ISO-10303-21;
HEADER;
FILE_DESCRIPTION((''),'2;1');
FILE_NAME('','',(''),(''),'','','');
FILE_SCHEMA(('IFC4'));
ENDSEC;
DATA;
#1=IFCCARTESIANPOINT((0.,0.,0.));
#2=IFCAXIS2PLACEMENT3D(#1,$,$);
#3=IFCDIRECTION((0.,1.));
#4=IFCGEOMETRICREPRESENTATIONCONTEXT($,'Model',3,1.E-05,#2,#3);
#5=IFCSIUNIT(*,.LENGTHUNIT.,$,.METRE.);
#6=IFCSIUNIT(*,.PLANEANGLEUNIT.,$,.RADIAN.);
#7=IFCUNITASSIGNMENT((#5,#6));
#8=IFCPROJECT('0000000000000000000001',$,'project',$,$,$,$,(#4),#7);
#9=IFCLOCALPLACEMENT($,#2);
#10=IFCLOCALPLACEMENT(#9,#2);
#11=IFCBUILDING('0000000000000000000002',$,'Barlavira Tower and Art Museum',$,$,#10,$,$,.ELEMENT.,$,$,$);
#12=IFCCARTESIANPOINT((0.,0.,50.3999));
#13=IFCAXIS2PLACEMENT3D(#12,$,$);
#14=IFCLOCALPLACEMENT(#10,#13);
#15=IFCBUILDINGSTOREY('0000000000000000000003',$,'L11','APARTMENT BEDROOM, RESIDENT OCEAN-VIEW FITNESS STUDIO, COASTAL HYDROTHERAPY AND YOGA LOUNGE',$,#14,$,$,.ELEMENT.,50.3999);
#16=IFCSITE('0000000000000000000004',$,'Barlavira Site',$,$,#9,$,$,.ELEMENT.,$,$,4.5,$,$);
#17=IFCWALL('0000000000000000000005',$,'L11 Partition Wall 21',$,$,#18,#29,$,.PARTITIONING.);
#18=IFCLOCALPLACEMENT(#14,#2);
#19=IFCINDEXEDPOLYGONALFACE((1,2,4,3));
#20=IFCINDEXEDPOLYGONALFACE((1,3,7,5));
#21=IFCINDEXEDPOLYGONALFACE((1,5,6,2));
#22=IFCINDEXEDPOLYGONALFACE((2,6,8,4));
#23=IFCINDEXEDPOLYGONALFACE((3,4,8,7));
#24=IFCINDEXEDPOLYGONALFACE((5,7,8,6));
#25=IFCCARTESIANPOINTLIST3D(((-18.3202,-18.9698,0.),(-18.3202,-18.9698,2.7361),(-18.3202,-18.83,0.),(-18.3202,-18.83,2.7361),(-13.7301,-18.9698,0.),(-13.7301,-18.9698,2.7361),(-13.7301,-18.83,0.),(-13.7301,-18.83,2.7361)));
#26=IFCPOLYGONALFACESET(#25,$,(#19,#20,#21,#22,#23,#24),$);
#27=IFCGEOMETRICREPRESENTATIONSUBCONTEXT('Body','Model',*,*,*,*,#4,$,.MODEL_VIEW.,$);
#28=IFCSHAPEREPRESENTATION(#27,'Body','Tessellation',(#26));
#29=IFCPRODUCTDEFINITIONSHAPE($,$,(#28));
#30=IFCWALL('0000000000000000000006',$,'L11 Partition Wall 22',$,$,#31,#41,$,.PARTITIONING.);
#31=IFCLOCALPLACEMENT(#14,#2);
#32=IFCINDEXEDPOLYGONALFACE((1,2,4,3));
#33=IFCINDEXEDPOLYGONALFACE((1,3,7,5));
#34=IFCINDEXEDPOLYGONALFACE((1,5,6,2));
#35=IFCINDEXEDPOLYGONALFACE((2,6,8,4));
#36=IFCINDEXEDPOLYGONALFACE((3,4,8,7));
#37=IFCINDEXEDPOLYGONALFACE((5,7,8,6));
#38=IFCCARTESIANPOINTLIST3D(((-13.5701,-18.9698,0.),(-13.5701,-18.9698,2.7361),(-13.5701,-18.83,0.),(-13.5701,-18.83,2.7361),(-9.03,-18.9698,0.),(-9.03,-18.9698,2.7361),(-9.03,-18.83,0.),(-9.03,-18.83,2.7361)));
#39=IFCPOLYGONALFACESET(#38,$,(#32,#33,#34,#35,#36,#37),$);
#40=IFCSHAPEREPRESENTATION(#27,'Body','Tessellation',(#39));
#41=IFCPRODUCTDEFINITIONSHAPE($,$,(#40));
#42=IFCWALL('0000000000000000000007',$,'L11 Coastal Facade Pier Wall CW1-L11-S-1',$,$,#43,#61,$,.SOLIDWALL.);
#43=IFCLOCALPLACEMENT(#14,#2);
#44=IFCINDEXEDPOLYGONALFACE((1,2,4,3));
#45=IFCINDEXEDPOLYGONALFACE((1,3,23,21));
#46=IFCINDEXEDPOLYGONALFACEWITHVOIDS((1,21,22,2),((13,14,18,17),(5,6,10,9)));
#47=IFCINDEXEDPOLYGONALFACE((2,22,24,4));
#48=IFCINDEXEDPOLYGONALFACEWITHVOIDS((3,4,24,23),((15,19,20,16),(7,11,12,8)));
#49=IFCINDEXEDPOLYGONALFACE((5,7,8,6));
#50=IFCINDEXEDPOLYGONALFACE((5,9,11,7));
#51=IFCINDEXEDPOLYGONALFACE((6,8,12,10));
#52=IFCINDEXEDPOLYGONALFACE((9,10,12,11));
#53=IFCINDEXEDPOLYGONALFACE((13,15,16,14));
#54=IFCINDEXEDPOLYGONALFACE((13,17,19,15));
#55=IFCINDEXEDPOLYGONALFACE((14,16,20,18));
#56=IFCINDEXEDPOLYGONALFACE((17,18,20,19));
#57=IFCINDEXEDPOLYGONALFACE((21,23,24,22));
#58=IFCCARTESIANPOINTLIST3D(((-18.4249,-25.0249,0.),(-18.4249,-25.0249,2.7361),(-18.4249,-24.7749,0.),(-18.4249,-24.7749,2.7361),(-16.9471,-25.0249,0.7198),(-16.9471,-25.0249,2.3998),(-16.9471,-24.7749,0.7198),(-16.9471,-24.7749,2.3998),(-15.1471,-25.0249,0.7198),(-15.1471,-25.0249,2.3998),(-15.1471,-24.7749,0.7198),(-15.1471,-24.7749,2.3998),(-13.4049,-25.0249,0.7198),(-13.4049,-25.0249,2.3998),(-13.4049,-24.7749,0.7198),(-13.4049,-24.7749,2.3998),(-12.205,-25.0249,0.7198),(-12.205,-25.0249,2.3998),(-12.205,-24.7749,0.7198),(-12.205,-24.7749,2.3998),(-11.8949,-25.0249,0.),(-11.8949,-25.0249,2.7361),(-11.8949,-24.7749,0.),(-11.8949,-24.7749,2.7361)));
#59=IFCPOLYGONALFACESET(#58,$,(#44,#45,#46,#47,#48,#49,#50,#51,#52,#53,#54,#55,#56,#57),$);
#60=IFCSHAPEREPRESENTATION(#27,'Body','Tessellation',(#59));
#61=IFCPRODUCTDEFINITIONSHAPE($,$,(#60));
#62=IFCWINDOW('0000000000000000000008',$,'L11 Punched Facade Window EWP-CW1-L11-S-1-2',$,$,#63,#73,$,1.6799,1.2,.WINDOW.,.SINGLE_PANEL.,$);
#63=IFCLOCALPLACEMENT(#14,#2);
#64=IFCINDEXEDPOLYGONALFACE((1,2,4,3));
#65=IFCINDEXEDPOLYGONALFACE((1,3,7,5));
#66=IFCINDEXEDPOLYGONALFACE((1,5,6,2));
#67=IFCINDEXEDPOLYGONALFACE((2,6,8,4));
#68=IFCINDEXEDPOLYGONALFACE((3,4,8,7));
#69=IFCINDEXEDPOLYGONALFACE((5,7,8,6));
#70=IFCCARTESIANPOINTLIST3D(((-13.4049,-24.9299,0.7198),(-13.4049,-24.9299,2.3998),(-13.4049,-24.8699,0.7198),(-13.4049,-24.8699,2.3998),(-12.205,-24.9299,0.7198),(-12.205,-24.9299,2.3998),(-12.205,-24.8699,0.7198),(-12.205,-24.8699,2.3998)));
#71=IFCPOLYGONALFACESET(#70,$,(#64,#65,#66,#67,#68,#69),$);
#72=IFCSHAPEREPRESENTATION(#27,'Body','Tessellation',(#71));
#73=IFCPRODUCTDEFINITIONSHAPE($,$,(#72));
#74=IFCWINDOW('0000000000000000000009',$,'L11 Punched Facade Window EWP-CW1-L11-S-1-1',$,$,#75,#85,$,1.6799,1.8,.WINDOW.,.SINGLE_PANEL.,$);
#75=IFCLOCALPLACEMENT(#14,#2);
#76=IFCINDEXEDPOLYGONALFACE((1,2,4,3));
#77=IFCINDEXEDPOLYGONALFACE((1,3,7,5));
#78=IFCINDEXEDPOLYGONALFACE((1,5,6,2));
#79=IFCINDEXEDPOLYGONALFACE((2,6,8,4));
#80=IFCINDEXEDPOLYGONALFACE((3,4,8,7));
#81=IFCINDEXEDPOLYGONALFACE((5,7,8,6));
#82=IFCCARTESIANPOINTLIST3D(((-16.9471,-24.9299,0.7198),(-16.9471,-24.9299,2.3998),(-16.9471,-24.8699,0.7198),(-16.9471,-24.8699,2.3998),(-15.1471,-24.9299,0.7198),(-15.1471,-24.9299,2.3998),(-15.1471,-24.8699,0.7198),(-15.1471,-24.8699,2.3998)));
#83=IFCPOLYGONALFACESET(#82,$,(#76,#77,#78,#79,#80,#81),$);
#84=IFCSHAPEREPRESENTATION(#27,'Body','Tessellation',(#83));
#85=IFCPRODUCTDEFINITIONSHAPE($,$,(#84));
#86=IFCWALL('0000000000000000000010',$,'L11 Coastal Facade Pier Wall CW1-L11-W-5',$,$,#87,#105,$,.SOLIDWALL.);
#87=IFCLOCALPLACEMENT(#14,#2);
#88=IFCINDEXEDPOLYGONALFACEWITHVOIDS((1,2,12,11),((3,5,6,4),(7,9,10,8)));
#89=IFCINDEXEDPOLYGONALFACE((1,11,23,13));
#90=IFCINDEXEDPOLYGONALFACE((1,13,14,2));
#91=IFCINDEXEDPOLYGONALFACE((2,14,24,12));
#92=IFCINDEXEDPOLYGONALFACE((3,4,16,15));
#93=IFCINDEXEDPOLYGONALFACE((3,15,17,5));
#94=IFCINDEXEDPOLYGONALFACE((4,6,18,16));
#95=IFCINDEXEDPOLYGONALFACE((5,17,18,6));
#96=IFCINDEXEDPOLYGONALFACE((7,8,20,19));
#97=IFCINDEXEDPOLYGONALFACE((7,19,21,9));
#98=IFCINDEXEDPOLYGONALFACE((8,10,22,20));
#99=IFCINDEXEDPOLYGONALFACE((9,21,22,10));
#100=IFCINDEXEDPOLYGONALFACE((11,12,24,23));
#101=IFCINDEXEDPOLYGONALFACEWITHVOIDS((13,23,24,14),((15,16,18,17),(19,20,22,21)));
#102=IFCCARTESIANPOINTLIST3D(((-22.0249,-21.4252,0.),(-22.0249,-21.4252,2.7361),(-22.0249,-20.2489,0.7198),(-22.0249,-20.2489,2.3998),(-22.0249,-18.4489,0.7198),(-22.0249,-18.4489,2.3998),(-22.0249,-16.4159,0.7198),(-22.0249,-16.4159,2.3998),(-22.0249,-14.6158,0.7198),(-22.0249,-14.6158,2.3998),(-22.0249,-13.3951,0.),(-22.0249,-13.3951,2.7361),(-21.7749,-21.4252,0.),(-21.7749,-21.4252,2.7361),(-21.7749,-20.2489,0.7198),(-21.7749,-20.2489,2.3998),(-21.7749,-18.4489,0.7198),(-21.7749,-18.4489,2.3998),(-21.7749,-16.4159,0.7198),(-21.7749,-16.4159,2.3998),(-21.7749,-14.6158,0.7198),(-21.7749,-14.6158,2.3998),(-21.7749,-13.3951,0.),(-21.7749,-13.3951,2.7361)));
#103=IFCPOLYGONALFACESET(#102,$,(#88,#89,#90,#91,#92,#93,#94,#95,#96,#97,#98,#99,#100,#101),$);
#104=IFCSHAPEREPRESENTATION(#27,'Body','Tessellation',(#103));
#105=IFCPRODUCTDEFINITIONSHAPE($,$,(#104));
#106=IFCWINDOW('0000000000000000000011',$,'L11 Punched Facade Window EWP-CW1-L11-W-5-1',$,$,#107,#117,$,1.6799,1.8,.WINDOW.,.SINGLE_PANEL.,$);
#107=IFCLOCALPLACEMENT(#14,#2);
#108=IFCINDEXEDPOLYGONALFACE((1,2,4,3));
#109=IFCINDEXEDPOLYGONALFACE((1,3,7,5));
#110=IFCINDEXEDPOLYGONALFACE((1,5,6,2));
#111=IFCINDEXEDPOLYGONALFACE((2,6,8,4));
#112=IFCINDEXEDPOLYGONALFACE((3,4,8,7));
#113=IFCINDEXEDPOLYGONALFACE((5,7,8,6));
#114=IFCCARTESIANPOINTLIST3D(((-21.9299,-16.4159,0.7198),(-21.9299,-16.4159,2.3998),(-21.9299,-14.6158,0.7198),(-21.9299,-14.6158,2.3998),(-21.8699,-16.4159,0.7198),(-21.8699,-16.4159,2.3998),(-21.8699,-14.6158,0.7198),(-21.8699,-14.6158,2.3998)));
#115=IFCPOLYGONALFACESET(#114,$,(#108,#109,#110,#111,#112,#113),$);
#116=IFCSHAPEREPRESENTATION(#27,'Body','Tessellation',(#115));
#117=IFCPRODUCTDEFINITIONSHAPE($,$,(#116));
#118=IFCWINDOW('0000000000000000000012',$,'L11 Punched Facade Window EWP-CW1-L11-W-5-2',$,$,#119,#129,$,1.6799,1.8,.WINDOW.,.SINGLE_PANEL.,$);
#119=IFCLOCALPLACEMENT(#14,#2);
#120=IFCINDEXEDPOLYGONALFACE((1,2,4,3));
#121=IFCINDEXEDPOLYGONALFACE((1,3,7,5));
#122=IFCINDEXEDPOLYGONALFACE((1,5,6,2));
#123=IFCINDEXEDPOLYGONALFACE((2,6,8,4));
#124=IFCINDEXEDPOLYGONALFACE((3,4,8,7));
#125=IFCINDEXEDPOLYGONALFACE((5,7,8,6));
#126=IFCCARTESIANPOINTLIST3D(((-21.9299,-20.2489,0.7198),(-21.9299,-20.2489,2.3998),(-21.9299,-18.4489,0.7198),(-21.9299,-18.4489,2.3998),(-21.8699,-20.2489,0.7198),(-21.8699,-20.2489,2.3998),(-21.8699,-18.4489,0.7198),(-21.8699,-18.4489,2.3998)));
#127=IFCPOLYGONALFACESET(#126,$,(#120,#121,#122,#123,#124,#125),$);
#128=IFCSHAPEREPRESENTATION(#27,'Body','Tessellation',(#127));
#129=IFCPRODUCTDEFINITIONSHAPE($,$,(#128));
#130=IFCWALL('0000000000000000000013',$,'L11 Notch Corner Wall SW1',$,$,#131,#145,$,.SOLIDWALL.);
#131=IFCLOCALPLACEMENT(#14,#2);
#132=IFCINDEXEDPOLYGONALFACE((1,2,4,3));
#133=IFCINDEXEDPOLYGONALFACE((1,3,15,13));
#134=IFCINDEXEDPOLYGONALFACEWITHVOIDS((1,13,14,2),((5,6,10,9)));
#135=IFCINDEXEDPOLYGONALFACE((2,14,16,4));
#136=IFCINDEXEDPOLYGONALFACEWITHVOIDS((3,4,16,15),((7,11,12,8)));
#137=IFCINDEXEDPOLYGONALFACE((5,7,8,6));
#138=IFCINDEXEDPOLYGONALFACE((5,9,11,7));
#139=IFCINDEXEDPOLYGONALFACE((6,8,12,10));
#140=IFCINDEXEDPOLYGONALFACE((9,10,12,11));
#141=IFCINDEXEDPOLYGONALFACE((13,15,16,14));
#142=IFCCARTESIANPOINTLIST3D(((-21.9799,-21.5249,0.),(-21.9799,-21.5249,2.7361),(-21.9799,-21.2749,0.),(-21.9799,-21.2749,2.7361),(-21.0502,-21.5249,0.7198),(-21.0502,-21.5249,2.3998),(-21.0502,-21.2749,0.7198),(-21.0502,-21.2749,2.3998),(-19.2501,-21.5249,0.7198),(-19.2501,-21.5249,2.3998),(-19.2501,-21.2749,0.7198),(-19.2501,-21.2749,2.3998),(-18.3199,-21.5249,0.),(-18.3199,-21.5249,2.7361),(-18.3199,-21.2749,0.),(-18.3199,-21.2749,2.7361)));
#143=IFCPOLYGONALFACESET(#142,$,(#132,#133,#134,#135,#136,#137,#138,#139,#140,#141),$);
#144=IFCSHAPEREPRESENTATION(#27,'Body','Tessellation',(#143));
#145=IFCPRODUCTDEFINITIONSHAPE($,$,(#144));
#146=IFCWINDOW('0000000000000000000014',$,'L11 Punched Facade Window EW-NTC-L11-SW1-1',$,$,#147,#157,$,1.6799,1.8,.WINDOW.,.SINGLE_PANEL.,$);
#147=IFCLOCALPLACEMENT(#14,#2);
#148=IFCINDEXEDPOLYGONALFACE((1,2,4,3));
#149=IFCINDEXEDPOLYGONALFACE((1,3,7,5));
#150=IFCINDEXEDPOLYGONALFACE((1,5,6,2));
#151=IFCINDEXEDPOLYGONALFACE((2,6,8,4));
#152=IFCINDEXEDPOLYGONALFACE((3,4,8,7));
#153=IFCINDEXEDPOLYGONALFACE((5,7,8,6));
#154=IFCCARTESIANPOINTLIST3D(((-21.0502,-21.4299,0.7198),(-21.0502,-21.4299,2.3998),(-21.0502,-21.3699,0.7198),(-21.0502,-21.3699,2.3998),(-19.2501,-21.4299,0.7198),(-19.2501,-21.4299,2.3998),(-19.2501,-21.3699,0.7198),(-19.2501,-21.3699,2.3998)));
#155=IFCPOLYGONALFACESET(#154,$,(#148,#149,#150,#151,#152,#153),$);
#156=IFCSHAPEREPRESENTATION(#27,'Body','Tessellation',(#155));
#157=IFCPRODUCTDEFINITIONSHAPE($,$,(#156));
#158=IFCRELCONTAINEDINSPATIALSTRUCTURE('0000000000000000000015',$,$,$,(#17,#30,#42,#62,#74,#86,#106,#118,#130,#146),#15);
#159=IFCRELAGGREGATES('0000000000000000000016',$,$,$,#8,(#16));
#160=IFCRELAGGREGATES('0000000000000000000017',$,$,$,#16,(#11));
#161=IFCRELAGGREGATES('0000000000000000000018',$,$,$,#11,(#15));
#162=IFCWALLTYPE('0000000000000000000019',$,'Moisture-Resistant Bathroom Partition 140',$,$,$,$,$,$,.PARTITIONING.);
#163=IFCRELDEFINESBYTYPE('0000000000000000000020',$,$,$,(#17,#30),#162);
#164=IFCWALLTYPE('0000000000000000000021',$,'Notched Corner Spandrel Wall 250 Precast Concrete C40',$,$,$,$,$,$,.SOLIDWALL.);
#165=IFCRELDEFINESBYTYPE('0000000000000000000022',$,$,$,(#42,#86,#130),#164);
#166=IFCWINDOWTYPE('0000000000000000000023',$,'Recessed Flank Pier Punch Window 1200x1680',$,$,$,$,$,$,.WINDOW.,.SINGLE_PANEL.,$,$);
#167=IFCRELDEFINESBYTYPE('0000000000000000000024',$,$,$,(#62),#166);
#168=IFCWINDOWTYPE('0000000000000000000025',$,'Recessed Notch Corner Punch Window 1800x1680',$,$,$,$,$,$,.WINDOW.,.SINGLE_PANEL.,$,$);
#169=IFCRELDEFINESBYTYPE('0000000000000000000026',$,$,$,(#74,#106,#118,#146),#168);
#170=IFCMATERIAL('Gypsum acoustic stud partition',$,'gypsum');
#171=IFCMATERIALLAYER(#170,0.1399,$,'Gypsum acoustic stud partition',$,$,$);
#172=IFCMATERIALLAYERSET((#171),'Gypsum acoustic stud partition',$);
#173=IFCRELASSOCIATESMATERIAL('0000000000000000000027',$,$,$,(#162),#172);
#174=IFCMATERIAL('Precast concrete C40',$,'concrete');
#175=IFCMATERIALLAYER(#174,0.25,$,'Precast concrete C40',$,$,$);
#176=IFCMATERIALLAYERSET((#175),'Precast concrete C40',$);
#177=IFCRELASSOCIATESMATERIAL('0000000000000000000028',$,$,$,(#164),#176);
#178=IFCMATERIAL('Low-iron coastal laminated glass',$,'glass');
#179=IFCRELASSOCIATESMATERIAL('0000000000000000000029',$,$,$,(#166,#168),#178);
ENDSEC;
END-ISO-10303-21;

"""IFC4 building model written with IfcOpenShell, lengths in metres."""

from ifc_helpers import new_model, si_unit, direction, frame, frame_2d, origin, place, context, subcontext, project, spatial, rectangle, extrude, material, layer, layer_set, type_object, element, fill, save


model = new_model("IFC4")

# Units and contexts
model_context = context("Model", 3, precision=1e-05, world=origin(), true_north=direction((0.0, 1.0)))
body_context = subcontext(model_context, "Body", "Model", "MODEL_VIEW")
ifc_project = project(units=[si_unit("LENGTHUNIT", "METRE"), si_unit("PLANEANGLEUNIT", "RADIAN")], contexts=[model_context])

# Site, building, storey
site_placement = place(None, origin())
site = spatial("IfcSite", under=ifc_project, at=site_placement, Name="Barlavira Site", CompositionType="ELEMENT", RefElevation=4.5)
building_placement = place(site_placement, origin())
building = spatial("IfcBuilding", under=site, at=building_placement, Name="Barlavira Tower and Art Museum", CompositionType="ELEMENT")
storey_placement = place(building_placement, frame((0.0, 0.0, 50.3999)))
storey = spatial("IfcBuildingStorey", under=building, at=storey_placement, Name="L11", Description="APARTMENT BEDROOM, RESIDENT OCEAN-VIEW FITNESS STUDIO, COASTAL HYDROTHERAPY AND YOGA LOUNGE", CompositionType="ELEMENT", Elevation=50.3999)

# Shared definitions
ifc_material_1 = material(Name="Gypsum acoustic stud partition", Category="gypsum")

# Walls
ifc_layer_1 = layer(ifc_material_1, 0.1399, Name="Gypsum acoustic stud partition")
ifc_layer_set_1 = layer_set([ifc_layer_1], Name="Gypsum acoustic stud partition")
wall_type_1 = type_object("IfcWallType", Name="Moisture-Resistant Bathroom Partition 140", PredefinedType="PARTITIONING", material=ifc_layer_set_1)
wall_1_placement = place(storey_placement, frame((-18.3201, -18.8999, 0.0), z_axis=(0.0, 0.0, 1.0), x_axis=(1.0, 0.0, 0.0)))
element("IfcWall", 1, at=wall_1_placement, inside=storey, type_object=wall_type_1, Name="L11 Partition Wall 21", PredefinedType="PARTITIONING", context=body_context, shape_type="SweptSolid", body=[
    extrude(rectangle(XDim=4.5901, YDim=0.1399, at=frame_2d((2.2949, 0.0))), origin(), (0.0, 0.0, 1.0), 2.7361),
])
wall_2_placement = place(storey_placement, frame((-13.5701, -18.8999, 0.0), z_axis=(0.0, 0.0, 1.0), x_axis=(1.0, 0.0, 0.0)))
element("IfcWall", 2, at=wall_2_placement, inside=storey, type_object=wall_type_1, Name="L11 Partition Wall 22", PredefinedType="PARTITIONING", context=body_context, shape_type="SweptSolid", body=[
    extrude(rectangle(XDim=4.54, YDim=0.1399, at=frame_2d((2.27, 0.0))), origin(), (0.0, 0.0, 1.0), 2.7361),
])

# Walls, openings, windows
ifc_material_2 = material(Name="Precast concrete C40", Category="concrete")
ifc_layer_2 = layer(ifc_material_2, 0.25, Name="Precast concrete C40")
ifc_layer_set_2 = layer_set([ifc_layer_2], Name="Precast concrete C40")
wall_type_2 = type_object("IfcWallType", Name="Notched Corner Spandrel Wall 250 Precast Concrete C40", PredefinedType="SOLIDWALL", material=ifc_layer_set_2)
wall_3_placement = place(storey_placement, frame((-18.425, -24.8999, 0.0), z_axis=(0.0, 0.0, 1.0), x_axis=(1.0, 0.0, 0.0)))
wall_3 = element("IfcWall", 3, at=wall_3_placement, inside=storey, type_object=wall_type_2, Name="L11 Coastal Facade Pier Wall CW1-L11-S-1", PredefinedType="SOLIDWALL", context=body_context, shape_type="SweptSolid", body=[
    extrude(rectangle(XDim=6.53, YDim=0.25, at=frame_2d((3.2651, 0.0))), origin(), (0.0, 0.0, 1.0), 2.7361),
])
opening_1_placement = place(wall_3_placement, frame((1.478, 0.0, 0.72)))
opening_1 = element("IfcOpeningElement", 4, at=opening_1_placement, cuts=wall_3, PredefinedType="OPENING", context=body_context, shape_type="SweptSolid", body=[
    extrude(rectangle(XDim=1.8, YDim=1.6799, at=frame_2d((0.8999, 0.8398))), frame((0.0, 0.135, 0.0), z_axis=(0.0, -1.0, 0.0), x_axis=(1.0, 0.0, 0.0)), (0.0, 0.0, 1.0), 0.27),
])
opening_2_placement = place(wall_3_placement, frame((5.02, 0.0, 0.72)))
opening_2 = element("IfcOpeningElement", 5, at=opening_2_placement, cuts=wall_3, PredefinedType="OPENING", context=body_context, shape_type="SweptSolid", body=[
    extrude(rectangle(XDim=1.2, YDim=1.6799, at=frame_2d((0.6001, 0.8398))), frame((0.0, 0.135, 0.0), z_axis=(0.0, -1.0, 0.0), x_axis=(1.0, 0.0, 0.0)), (0.0, 0.0, 1.0), 0.27),
])
ifc_material_3 = material(Name="Low-iron coastal laminated glass", Category="glass")
window_type_1 = type_object("IfcWindowType", Name="Recessed Flank Pier Punch Window 1200x1680", PartitioningType="SINGLE_PANEL", PredefinedType="WINDOW", material=ifc_material_3)
window_1_placement = place(opening_2_placement, origin())
window_1 = element("IfcWindow", 6, at=window_1_placement, inside=storey, type_object=window_type_1, Name="L11 Punched Facade Window EWP-CW1-L11-S-1-2", OverallHeight=1.6799, OverallWidth=1.2, PartitioningType="SINGLE_PANEL", PredefinedType="WINDOW", context=body_context, shape_type="SweptSolid", body=[
    extrude(rectangle(XDim=1.2, YDim=1.6799, at=frame_2d((0.6001, 0.8398))), frame((0.0, 0.03, 0.0), z_axis=(0.0, -1.0, 0.0), x_axis=(1.0, 0.0, 0.0)), (0.0, 0.0, 1.0), 0.0601),
])
fill(opening_2, window_1)
window_type_2 = type_object("IfcWindowType", Name="Recessed Notch Corner Punch Window 1800x1680", PartitioningType="SINGLE_PANEL", PredefinedType="WINDOW", material=ifc_material_3)
window_2_placement = place(opening_1_placement, origin())
window_2 = element("IfcWindow", 7, at=window_2_placement, inside=storey, type_object=window_type_2, Name="L11 Punched Facade Window EWP-CW1-L11-S-1-1", OverallHeight=1.6799, OverallWidth=1.8, PartitioningType="SINGLE_PANEL", PredefinedType="WINDOW", context=body_context, shape_type="SweptSolid", body=[
    extrude(rectangle(XDim=1.8, YDim=1.6799, at=frame_2d((0.8999, 0.8398))), frame((0.0, 0.03, 0.0), z_axis=(0.0, -1.0, 0.0), x_axis=(1.0, 0.0, 0.0)), (0.0, 0.0, 1.0), 0.0601),
])
fill(opening_1, window_2)
wall_4_placement = place(storey_placement, frame((-21.8999, -13.395, 0.0), z_axis=(0.0, 0.0, 1.0), x_axis=(0.0, -1.0, 0.0)))
wall_4 = element("IfcWall", 8, at=wall_4_placement, inside=storey, type_object=wall_type_2, Name="L11 Coastal Facade Pier Wall CW1-L11-W-5", PredefinedType="SOLIDWALL", context=body_context, shape_type="SweptSolid", body=[
    extrude(rectangle(XDim=8.03, YDim=0.25, at=frame_2d((4.0151, 0.0))), origin(), (0.0, 0.0, 1.0), 2.7361),
])
opening_3_placement = place(wall_4_placement, frame((1.2209, 0.0, 0.72)))
opening_3 = element("IfcOpeningElement", 9, at=opening_3_placement, cuts=wall_4, PredefinedType="OPENING", context=body_context, shape_type="SweptSolid", body=[
    extrude(rectangle(XDim=1.8, YDim=1.6799, at=frame_2d((0.8999, 0.8398))), frame((0.0, 0.135, 0.0), z_axis=(0.0, -1.0, 0.0), x_axis=(1.0, 0.0, 0.0)), (0.0, 0.0, 1.0), 0.27),
])
opening_4_placement = place(wall_4_placement, frame((5.054, 0.0, 0.72)))
opening_4 = element("IfcOpeningElement", 10, at=opening_4_placement, cuts=wall_4, PredefinedType="OPENING", context=body_context, shape_type="SweptSolid", body=[
    extrude(rectangle(XDim=1.8, YDim=1.6799, at=frame_2d((0.8999, 0.8398))), frame((0.0, 0.135, 0.0), z_axis=(0.0, -1.0, 0.0), x_axis=(1.0, 0.0, 0.0)), (0.0, 0.0, 1.0), 0.27),
])
window_3_placement = place(opening_3_placement, origin())
window_3 = element("IfcWindow", 11, at=window_3_placement, inside=storey, type_object=window_type_2, Name="L11 Punched Facade Window EWP-CW1-L11-W-5-1", OverallHeight=1.6799, OverallWidth=1.8, PartitioningType="SINGLE_PANEL", PredefinedType="WINDOW", context=body_context, shape_type="SweptSolid", body=[
    extrude(rectangle(XDim=1.8, YDim=1.6799, at=frame_2d((0.8999, 0.8398))), frame((0.0, 0.03, 0.0), z_axis=(0.0, -1.0, 0.0), x_axis=(1.0, 0.0, 0.0)), (0.0, 0.0, 1.0), 0.0601),
])
fill(opening_3, window_3)
window_4_placement = place(opening_4_placement, origin())
window_4 = element("IfcWindow", 12, at=window_4_placement, inside=storey, type_object=window_type_2, Name="L11 Punched Facade Window EWP-CW1-L11-W-5-2", OverallHeight=1.6799, OverallWidth=1.8, PartitioningType="SINGLE_PANEL", PredefinedType="WINDOW", context=body_context, shape_type="SweptSolid", body=[
    extrude(rectangle(XDim=1.8, YDim=1.6799, at=frame_2d((0.8999, 0.8398))), frame((0.0, 0.03, 0.0), z_axis=(0.0, -1.0, 0.0), x_axis=(1.0, 0.0, 0.0)), (0.0, 0.0, 1.0), 0.0601),
])
fill(opening_4, window_4)

# Wall, opening, window
wall_5_placement = place(storey_placement, frame((-21.98, -21.3999, 0.0), z_axis=(0.0, 0.0, 1.0), x_axis=(1.0, 0.0, 0.0)))
wall_5 = element("IfcWall", 13, at=wall_5_placement, inside=storey, type_object=wall_type_2, Name="L11 Notch Corner Wall SW1", PredefinedType="SOLIDWALL", context=body_context, shape_type="SweptSolid", body=[
    extrude(rectangle(XDim=3.6599, YDim=0.25, at=frame_2d((1.8301, 0.0))), origin(), (0.0, 0.0, 1.0), 2.7361),
])
opening_5_placement = place(wall_5_placement, frame((0.9299, 0.0, 0.72)))
opening_5 = element("IfcOpeningElement", 14, at=opening_5_placement, cuts=wall_5, PredefinedType="OPENING", context=body_context, shape_type="SweptSolid", body=[
    extrude(rectangle(XDim=1.8, YDim=1.6799, at=frame_2d((0.8999, 0.8398))), frame((0.0, 0.135, 0.0), z_axis=(0.0, -1.0, 0.0), x_axis=(1.0, 0.0, 0.0)), (0.0, 0.0, 1.0), 0.27),
])
window_5_placement = place(opening_5_placement, origin())
window_5 = element("IfcWindow", 15, at=window_5_placement, inside=storey, type_object=window_type_2, Name="L11 Punched Facade Window EW-NTC-L11-SW1-1", OverallHeight=1.6799, OverallWidth=1.8, PartitioningType="SINGLE_PANEL", PredefinedType="WINDOW", context=body_context, shape_type="SweptSolid", body=[
    extrude(rectangle(XDim=1.8, YDim=1.6799, at=frame_2d((0.8999, 0.8398))), frame((0.0, 0.03, 0.0), z_axis=(0.0, -1.0, 0.0), x_axis=(1.0, 0.0, 0.0)), (0.0, 0.0, 1.0), 0.0601),
])
fill(opening_5, window_5)

save(model, "model.ifc")
